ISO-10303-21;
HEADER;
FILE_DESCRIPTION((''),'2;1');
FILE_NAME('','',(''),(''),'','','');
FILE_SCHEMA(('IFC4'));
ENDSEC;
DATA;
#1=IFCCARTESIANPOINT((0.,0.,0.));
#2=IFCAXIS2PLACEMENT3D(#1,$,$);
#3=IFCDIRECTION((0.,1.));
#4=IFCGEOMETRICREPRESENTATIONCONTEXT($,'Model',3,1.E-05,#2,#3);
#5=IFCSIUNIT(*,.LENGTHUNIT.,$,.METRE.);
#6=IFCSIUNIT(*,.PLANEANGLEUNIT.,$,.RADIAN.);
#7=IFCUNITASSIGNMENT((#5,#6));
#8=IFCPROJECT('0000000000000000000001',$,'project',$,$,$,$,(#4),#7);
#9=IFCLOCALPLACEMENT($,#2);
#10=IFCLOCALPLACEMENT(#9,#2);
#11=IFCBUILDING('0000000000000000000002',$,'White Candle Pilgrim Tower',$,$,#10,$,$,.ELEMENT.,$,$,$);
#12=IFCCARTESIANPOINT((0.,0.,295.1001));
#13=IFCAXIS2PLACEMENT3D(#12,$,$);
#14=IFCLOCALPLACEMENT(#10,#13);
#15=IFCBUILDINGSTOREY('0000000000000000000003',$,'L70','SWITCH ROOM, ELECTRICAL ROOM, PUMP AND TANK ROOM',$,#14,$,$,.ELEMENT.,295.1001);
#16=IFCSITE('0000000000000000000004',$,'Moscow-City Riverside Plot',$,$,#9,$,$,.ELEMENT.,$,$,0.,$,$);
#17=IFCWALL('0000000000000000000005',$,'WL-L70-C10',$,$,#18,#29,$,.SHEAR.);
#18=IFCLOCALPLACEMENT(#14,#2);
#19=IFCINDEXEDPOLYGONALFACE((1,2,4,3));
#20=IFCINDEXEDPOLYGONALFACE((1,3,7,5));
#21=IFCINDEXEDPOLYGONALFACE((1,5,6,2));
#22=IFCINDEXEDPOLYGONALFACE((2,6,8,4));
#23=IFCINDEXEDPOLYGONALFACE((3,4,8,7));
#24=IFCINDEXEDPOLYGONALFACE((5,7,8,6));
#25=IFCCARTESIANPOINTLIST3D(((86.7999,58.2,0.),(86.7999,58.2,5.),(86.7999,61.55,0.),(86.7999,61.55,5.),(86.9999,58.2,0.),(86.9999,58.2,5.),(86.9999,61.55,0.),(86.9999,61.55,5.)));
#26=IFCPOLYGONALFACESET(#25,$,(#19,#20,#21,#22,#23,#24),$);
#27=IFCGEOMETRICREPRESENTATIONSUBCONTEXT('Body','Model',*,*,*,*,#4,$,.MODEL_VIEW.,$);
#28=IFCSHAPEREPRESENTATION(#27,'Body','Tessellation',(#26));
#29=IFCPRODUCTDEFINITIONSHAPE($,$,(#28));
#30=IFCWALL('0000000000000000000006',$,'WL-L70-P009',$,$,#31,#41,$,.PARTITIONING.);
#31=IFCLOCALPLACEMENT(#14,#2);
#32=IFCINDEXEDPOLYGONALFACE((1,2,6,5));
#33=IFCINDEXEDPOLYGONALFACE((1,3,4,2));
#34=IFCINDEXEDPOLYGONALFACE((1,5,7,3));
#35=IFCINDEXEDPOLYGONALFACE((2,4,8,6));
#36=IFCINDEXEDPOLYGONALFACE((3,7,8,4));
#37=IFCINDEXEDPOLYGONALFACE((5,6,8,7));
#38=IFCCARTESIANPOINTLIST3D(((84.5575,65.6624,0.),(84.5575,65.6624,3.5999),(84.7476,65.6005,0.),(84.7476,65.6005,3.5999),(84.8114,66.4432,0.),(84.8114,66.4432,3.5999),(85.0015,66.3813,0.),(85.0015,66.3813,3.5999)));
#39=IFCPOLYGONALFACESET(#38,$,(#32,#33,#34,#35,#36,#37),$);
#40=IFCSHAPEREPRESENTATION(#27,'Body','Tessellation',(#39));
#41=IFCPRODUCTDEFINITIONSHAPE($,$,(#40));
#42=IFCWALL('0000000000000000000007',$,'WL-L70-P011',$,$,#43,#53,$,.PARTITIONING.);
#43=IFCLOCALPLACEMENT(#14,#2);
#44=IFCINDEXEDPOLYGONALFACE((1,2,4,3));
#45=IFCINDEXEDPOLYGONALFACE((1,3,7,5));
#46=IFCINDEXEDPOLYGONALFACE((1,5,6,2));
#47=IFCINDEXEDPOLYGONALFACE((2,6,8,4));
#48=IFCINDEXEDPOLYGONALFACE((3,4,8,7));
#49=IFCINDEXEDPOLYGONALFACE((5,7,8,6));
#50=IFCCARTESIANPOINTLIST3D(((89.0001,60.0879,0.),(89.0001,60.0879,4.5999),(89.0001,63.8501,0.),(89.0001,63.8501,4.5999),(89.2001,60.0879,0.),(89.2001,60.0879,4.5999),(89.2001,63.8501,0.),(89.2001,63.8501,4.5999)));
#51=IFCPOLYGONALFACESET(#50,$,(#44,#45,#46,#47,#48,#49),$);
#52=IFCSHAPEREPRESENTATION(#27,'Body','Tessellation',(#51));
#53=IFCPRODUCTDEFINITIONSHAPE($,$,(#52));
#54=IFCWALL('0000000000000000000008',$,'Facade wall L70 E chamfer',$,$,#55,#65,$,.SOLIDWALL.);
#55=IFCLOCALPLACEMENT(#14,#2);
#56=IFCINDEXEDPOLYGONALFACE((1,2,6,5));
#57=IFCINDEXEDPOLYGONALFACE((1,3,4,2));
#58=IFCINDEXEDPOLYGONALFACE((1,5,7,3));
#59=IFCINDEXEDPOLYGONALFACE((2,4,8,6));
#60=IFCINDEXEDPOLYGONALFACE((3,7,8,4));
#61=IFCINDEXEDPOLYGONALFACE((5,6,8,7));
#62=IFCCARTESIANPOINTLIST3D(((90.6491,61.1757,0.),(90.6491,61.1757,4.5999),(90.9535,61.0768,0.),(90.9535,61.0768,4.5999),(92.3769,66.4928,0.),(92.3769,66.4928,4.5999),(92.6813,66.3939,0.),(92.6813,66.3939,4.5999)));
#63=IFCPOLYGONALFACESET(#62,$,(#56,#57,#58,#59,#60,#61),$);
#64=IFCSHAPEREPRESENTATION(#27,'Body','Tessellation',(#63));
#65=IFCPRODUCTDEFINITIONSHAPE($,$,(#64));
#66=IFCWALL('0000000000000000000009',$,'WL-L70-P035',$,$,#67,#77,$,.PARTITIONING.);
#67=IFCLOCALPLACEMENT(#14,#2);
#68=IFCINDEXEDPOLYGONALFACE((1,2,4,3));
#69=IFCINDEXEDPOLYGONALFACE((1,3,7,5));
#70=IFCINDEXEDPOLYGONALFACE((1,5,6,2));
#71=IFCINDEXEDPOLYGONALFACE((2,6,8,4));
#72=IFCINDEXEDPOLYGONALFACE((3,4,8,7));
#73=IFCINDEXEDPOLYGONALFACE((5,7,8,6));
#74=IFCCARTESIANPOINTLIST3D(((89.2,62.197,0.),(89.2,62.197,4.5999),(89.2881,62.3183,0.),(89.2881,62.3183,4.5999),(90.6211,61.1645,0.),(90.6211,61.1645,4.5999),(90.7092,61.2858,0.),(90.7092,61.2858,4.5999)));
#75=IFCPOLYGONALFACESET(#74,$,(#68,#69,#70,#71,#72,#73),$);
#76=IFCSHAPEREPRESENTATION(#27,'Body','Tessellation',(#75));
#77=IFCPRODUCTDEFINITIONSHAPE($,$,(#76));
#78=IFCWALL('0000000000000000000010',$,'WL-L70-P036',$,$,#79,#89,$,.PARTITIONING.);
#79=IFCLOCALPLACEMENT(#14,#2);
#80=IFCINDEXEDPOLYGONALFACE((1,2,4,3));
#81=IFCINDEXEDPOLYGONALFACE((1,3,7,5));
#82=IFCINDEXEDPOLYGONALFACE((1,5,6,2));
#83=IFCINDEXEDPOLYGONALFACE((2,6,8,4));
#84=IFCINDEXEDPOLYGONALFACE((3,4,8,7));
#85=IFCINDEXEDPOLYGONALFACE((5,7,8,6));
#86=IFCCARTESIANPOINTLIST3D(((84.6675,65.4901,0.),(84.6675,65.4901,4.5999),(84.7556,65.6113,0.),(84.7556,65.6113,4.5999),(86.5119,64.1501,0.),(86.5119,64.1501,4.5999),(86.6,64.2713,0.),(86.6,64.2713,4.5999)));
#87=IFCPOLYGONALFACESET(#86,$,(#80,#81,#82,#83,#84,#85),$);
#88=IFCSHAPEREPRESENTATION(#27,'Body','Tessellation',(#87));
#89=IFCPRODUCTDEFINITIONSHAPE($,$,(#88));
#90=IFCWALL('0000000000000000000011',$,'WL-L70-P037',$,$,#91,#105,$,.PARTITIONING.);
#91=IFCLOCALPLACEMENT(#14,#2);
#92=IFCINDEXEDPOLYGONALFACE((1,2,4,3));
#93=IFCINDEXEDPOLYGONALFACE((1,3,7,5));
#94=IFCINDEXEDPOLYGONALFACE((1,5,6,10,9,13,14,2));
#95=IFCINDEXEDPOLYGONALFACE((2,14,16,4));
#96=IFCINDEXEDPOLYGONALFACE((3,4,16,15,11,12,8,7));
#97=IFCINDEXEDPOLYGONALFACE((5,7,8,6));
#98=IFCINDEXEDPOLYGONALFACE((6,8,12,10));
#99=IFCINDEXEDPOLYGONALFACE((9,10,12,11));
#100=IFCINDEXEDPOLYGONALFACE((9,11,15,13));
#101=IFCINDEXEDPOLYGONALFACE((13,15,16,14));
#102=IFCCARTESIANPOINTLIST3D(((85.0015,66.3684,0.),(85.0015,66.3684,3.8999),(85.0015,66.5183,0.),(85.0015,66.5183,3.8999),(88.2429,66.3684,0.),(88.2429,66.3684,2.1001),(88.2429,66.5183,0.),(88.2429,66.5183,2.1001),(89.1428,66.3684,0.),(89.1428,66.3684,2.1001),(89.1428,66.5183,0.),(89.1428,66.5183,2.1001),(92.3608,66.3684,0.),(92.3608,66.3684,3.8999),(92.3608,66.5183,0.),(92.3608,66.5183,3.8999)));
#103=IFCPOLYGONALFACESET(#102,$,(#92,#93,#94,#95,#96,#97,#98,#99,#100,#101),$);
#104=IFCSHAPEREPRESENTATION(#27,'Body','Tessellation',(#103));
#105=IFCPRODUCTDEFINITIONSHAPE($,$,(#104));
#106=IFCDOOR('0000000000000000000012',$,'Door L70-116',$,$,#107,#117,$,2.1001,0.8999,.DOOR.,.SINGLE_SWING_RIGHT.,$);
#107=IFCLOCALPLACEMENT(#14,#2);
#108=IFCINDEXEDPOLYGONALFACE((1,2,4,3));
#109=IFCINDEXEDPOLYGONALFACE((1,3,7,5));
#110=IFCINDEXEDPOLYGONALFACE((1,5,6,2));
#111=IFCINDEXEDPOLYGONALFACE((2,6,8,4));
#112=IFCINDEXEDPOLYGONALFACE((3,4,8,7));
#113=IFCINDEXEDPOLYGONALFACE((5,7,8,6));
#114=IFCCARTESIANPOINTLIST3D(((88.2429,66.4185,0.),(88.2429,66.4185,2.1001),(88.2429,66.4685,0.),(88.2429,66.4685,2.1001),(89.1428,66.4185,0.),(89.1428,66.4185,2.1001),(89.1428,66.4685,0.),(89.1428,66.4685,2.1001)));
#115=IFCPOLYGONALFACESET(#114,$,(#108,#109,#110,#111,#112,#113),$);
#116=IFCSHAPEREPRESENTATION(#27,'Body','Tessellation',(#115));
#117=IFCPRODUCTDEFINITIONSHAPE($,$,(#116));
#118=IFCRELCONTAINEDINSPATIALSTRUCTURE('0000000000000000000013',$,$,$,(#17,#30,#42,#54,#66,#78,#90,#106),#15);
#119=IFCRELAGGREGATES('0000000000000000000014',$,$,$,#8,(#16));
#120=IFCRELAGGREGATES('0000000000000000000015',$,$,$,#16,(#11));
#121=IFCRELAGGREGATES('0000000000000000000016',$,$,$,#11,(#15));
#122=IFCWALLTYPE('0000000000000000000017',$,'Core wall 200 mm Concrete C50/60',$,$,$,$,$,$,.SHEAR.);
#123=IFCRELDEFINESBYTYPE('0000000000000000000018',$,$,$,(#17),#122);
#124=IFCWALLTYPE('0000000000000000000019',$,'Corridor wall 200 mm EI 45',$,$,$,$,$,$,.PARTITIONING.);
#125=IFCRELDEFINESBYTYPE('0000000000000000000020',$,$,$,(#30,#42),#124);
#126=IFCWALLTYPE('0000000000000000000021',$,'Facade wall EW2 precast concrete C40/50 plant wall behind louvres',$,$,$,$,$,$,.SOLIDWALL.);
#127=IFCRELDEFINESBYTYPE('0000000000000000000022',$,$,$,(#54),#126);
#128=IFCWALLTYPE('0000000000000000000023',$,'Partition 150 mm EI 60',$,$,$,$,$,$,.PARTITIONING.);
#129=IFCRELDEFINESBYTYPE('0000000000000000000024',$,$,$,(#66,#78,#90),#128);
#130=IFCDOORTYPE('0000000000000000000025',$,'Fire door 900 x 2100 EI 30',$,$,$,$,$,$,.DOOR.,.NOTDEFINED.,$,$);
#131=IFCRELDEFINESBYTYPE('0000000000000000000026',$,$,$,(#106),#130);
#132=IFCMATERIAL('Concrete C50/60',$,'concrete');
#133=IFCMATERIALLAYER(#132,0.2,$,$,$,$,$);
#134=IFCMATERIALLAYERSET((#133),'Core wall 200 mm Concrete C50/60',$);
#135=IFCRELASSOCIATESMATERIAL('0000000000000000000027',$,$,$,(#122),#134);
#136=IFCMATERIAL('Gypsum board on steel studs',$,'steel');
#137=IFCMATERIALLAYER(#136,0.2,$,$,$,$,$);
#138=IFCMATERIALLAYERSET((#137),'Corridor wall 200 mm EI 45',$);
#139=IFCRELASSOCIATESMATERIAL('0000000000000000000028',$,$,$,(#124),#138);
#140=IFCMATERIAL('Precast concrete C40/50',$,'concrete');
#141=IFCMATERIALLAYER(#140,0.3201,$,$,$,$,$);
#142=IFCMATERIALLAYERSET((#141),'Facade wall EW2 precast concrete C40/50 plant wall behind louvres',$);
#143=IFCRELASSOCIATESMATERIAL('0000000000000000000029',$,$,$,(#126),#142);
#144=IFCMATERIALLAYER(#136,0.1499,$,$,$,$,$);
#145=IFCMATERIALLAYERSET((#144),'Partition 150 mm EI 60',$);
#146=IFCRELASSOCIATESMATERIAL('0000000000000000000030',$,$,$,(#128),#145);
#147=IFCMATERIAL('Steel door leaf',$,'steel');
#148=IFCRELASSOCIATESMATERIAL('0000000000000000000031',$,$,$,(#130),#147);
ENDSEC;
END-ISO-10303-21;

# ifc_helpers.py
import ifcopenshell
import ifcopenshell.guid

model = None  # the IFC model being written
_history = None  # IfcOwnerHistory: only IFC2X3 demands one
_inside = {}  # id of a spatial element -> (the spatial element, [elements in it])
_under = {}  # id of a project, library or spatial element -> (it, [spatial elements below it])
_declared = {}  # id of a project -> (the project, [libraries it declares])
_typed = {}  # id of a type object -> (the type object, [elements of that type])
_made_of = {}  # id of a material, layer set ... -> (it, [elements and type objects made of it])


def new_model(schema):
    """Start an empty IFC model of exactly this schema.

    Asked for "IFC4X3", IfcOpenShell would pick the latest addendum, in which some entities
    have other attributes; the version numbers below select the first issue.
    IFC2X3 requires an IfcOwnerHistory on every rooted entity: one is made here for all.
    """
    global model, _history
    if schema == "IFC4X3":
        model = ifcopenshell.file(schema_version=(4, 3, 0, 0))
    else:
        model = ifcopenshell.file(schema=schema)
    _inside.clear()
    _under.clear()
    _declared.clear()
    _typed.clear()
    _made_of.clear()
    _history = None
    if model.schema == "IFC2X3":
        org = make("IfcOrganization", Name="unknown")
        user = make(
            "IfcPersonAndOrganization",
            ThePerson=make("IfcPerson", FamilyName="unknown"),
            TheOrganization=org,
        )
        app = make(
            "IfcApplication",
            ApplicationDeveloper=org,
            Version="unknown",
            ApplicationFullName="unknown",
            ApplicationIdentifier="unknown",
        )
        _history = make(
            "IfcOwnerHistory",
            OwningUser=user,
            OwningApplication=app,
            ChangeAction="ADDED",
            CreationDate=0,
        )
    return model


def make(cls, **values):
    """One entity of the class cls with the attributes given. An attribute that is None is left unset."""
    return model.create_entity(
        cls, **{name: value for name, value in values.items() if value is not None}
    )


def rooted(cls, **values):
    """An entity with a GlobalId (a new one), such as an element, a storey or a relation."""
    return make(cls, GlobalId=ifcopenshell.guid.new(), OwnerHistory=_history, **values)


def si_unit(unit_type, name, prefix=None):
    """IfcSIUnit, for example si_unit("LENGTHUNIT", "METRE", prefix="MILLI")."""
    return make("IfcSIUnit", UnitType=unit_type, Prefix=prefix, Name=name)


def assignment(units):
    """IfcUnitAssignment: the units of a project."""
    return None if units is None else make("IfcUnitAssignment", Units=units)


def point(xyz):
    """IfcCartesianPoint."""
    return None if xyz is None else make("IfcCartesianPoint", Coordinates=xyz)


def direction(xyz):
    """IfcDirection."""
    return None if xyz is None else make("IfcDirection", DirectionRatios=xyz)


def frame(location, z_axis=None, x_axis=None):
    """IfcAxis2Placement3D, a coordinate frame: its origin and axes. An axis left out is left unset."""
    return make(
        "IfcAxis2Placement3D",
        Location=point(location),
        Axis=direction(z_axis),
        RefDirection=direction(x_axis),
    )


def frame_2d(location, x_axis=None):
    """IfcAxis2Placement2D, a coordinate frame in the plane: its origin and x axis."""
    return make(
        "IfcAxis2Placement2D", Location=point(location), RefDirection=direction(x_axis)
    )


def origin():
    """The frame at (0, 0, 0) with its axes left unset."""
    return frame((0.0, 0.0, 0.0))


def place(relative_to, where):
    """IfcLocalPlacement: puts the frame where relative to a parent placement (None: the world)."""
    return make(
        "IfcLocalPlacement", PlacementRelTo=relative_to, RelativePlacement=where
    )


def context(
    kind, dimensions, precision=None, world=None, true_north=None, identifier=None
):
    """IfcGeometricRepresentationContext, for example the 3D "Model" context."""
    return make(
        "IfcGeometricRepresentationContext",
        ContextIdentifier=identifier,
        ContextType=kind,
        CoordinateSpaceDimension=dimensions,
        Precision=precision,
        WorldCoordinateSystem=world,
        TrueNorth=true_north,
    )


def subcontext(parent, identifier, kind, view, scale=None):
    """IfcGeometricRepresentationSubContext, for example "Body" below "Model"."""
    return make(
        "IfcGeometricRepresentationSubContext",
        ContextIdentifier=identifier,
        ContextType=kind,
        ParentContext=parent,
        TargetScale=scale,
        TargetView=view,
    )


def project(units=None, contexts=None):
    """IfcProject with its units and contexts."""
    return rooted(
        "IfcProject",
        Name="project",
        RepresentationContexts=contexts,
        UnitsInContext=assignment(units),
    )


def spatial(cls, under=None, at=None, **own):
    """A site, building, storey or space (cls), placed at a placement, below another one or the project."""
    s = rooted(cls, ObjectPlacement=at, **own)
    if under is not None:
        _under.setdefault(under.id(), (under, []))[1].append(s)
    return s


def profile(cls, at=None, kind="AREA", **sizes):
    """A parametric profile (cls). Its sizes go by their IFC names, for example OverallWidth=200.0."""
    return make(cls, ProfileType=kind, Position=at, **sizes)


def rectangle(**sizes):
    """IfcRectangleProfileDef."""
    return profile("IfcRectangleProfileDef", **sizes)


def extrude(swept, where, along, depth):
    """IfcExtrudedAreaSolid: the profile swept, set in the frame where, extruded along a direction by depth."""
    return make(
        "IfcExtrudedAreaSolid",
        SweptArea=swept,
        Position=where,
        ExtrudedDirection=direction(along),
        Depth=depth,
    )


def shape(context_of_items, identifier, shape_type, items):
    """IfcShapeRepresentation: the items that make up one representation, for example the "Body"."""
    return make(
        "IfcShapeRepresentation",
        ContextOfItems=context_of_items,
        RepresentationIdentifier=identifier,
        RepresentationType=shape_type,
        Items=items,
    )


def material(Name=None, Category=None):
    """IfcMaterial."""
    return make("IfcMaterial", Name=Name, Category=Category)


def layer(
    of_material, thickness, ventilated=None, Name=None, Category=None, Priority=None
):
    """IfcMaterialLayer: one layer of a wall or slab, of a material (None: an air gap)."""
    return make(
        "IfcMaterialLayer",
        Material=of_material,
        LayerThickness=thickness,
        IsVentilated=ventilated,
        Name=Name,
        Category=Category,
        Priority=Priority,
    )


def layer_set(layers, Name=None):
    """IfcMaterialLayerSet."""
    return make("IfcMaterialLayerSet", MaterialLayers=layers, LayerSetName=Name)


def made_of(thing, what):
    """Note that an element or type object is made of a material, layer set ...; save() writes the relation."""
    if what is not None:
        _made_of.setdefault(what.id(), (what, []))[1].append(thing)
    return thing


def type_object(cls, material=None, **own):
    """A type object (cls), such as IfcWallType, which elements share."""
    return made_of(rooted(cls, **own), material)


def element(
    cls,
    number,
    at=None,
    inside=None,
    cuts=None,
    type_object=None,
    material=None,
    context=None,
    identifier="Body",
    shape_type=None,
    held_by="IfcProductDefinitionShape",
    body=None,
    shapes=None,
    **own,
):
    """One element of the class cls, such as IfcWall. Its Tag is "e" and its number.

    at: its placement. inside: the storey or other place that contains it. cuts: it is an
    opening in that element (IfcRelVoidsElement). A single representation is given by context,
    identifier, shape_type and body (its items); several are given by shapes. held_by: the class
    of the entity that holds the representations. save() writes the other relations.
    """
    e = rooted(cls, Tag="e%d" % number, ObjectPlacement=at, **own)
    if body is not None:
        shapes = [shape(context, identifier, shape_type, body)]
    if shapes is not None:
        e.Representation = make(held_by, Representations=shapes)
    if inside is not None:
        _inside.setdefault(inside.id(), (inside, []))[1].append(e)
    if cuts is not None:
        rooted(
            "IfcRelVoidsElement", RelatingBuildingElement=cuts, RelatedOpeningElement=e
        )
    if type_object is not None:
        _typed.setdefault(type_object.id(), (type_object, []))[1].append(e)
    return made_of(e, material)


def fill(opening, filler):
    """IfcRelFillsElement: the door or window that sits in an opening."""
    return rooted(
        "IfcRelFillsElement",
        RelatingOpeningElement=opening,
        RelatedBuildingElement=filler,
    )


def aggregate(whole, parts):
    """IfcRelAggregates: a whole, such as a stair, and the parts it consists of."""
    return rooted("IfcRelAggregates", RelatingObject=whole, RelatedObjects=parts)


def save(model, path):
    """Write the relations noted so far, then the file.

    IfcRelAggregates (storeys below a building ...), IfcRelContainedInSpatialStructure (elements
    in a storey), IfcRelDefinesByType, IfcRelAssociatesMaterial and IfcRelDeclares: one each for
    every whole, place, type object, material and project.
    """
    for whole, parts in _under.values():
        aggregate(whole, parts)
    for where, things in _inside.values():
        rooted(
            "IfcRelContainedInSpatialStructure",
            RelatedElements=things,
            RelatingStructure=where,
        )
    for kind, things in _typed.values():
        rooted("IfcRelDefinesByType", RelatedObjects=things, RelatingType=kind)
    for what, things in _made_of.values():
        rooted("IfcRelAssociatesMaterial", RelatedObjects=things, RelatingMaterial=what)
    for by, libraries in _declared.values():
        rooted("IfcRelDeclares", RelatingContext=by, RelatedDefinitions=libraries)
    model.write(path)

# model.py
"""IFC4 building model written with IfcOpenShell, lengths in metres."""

from ifc_helpers import new_model, si_unit, direction, frame, frame_2d, origin, place, context, subcontext, project, spatial, rectangle, extrude, material, layer, layer_set, type_object, element, fill, save


model = new_model("IFC4")

# Units and contexts
model_context = context("Model", 3, precision=1e-05, world=origin(), true_north=direction((0.0, 1.0)))
body_context = subcontext(model_context, "Body", "Model", "MODEL_VIEW")
ifc_project = project(units=[si_unit("LENGTHUNIT", "METRE"), si_unit("PLANEANGLEUNIT", "RADIAN")], contexts=[model_context])

# Site, building, storey
site_placement = place(None, origin())
site = spatial("IfcSite", under=ifc_project, at=site_placement, Name="Moscow-City Riverside Plot", CompositionType="ELEMENT", RefElevation=0.0)
building_placement = place(site_placement, origin())
building = spatial("IfcBuilding", under=site, at=building_placement, Name="White Candle Pilgrim Tower", CompositionType="ELEMENT")
storey_placement = place(building_placement, frame((0.0, 0.0, 295.1001)))
storey = spatial("IfcBuildingStorey", under=building, at=storey_placement, Name="L70", Description="SWITCH ROOM, ELECTRICAL ROOM, PUMP AND TANK ROOM", CompositionType="ELEMENT", Elevation=295.1001)

# Shared definitions
ifc_material_1 = material(Name="Concrete C50/60", Category="concrete")

# Walls
ifc_layer_1 = layer(ifc_material_1, 0.2)
ifc_layer_set_1 = layer_set([ifc_layer_1], Name="Core wall 200 mm Concrete C50/60")
wall_type_1 = type_object("IfcWallType", Name="Core wall 200 mm Concrete C50/60", PredefinedType="SHEAR", material=ifc_layer_set_1)
wall_1_placement = place(storey_placement, frame((86.8999, 58.2, 0.0), z_axis=(0.0, 0.0, 1.0), x_axis=(0.0, 1.0, 0.0)))
element("IfcWall", 1, at=wall_1_placement, inside=storey, type_object=wall_type_1, Name="WL-L70-C10", PredefinedType="SHEAR", context=body_context, shape_type="SweptSolid", body=[
    extrude(rectangle(XDim=3.3501, YDim=0.2, at=frame_2d((1.675, 0.0))), origin(), (0.0, 0.0, 1.0), 5.0),
])
ifc_material_2 = material(Name="Gypsum board on steel studs", Category="steel")
ifc_layer_2 = layer(ifc_material_2, 0.2)
ifc_layer_set_2 = layer_set([ifc_layer_2], Name="Corridor wall 200 mm EI 45")
wall_type_2 = type_object("IfcWallType", Name="Corridor wall 200 mm EI 45", PredefinedType="PARTITIONING", material=ifc_layer_set_2)
wall_2_placement = place(storey_placement, frame((84.9065, 66.4124, 0.0), z_axis=(0.0, 0.0, 1.0), x_axis=(-0.309261, -0.950977, 0.0)))
element("IfcWall", 2, at=wall_2_placement, inside=storey, type_object=wall_type_2, Name="WL-L70-P009", PredefinedType="PARTITIONING", context=body_context, shape_type="SweptSolid", body=[
    extrude(rectangle(XDim=0.821, YDim=0.2, at=frame_2d((0.4106, 0.0))), origin(), (0.0, 0.0, 1.0), 3.5999),
])
wall_3_placement = place(storey_placement, frame((89.1001, 63.8501, 0.0), z_axis=(0.0, 0.0, 1.0), x_axis=(0.0, -1.0, 0.0)))
element("IfcWall", 3, at=wall_3_placement, inside=storey, type_object=wall_type_2, Name="WL-L70-P011", PredefinedType="PARTITIONING", context=body_context, shape_type="SweptSolid", body=[
    extrude(rectangle(XDim=3.7622, YDim=0.2, at=frame_2d((1.8811, 0.0))), origin(), (0.0, 0.0, 1.0), 4.5999),
])
ifc_material_3 = material(Name="Precast concrete C40/50", Category="concrete")
ifc_layer_3 = layer(ifc_material_3, 0.3201)
ifc_layer_set_3 = layer_set([ifc_layer_3], Name="Facade wall EW2 precast concrete C40/50 plant wall behind louvres")
wall_type_3 = type_object("IfcWallType", Name="Facade wall EW2 precast concrete C40/50 plant wall behind louvres", PredefinedType="SOLIDWALL", material=ifc_layer_set_3)
wall_4_placement = place(storey_placement, frame((90.8013, 61.1262, 0.0), z_axis=(0.0, 0.0, 1.0), x_axis=(0.30904, 0.951049, 0.0)))
element("IfcWall", 4, at=wall_4_placement, inside=storey, type_object=wall_type_3, Name="Facade wall L70 E chamfer", PredefinedType="SOLIDWALL", context=body_context, shape_type="SweptSolid", body=[
    extrude(rectangle(XDim=5.5908, YDim=0.3201, at=frame_2d((2.7954, 0.0))), origin(), (0.0, 0.0, 1.0), 4.5999),
])
ifc_layer_4 = layer(ifc_material_2, 0.1499)
ifc_layer_set_4 = layer_set([ifc_layer_4], Name="Partition 150 mm EI 60")
wall_type_4 = type_object("IfcWallType", Name="Partition 150 mm EI 60", PredefinedType="PARTITIONING", material=ifc_layer_set_4)
wall_5_placement = place(storey_placement, frame((90.6653, 61.2251, 0.0), z_axis=(0.0, 0.0, 1.0), x_axis=(-0.80903, 0.587767, 0.0)))
element("IfcWall", 5, at=wall_5_placement, inside=storey, type_object=wall_type_4, Name="WL-L70-P035", PredefinedType="PARTITIONING", context=body_context, shape_type="SweptSolid", body=[
    extrude(rectangle(XDim=1.7566, YDim=0.1499, at=frame_2d((0.8784, 0.0))), origin(), (0.0, 0.0, 1.0), 4.5999),
])
wall_6_placement = place(storey_placement, frame((86.5559, 64.2107, 0.0), z_axis=(0.0, 0.0, 1.0), x_axis=(-0.809018, 0.587783, 0.0)))
element("IfcWall", 6, at=wall_6_placement, inside=storey, type_object=wall_type_4, Name="WL-L70-P036", PredefinedType="PARTITIONING", context=body_context, shape_type="SweptSolid", body=[
    extrude(rectangle(XDim=2.2798, YDim=0.1499, at=frame_2d((1.1399, 0.0))), origin(), (0.0, 0.0, 1.0), 4.5999),
])

# Wall, opening, door
wall_7_placement = place(storey_placement, frame((92.3608, 66.4434, 0.0), z_axis=(0.0, 0.0, 1.0), x_axis=(-1.0, 0.0, 0.0)))
wall_7 = element("IfcWall", 7, at=wall_7_placement, inside=storey, type_object=wall_type_4, Name="WL-L70-P037", PredefinedType="PARTITIONING", context=body_context, shape_type="SweptSolid", body=[
    extrude(rectangle(XDim=7.3594, YDim=0.1499, at=frame_2d((3.6797, 0.0))), origin(), (0.0, 0.0, 1.0), 3.8999),
])
opening_placement = place(wall_7_placement, frame((3.218, 0.0, 0.0)))
opening = element("IfcOpeningElement", 8, at=opening_placement, cuts=wall_7, PredefinedType="OPENING", context=body_context, shape_type="SweptSolid", body=[
    extrude(rectangle(XDim=0.8999, YDim=2.1001, at=frame_2d((0.45, 1.05))), frame((0.0, 0.085, 0.0), z_axis=(0.0, -1.0, 0.0), x_axis=(1.0, 0.0, 0.0)), (0.0, 0.0, 1.0), 0.1699),
])
ifc_material_4 = material(Name="Steel door leaf", Category="steel")
door_type = type_object("IfcDoorType", Name="Fire door 900 x 2100 EI 30", OperationType="NOTDEFINED", PredefinedType="DOOR", material=ifc_material_4)
door_placement = place(opening_placement, origin())
door = element("IfcDoor", 9, at=door_placement, inside=storey, type_object=door_type, Name="Door L70-116", OperationType="SINGLE_SWING_RIGHT", OverallHeight=2.1001, OverallWidth=0.8999, PredefinedType="DOOR", context=body_context, shape_type="SweptSolid", body=[
    extrude(rectangle(XDim=0.8999, YDim=2.1001, at=frame_2d((0.45, 1.05))), frame((0.0, 0.0249, 0.0), z_axis=(0.0, -1.0, 0.0), x_axis=(1.0, 0.0, 0.0)), (0.0, 0.0, 1.0), 0.05),
])
fill(opening, door)

save(model, "model.ifc")
